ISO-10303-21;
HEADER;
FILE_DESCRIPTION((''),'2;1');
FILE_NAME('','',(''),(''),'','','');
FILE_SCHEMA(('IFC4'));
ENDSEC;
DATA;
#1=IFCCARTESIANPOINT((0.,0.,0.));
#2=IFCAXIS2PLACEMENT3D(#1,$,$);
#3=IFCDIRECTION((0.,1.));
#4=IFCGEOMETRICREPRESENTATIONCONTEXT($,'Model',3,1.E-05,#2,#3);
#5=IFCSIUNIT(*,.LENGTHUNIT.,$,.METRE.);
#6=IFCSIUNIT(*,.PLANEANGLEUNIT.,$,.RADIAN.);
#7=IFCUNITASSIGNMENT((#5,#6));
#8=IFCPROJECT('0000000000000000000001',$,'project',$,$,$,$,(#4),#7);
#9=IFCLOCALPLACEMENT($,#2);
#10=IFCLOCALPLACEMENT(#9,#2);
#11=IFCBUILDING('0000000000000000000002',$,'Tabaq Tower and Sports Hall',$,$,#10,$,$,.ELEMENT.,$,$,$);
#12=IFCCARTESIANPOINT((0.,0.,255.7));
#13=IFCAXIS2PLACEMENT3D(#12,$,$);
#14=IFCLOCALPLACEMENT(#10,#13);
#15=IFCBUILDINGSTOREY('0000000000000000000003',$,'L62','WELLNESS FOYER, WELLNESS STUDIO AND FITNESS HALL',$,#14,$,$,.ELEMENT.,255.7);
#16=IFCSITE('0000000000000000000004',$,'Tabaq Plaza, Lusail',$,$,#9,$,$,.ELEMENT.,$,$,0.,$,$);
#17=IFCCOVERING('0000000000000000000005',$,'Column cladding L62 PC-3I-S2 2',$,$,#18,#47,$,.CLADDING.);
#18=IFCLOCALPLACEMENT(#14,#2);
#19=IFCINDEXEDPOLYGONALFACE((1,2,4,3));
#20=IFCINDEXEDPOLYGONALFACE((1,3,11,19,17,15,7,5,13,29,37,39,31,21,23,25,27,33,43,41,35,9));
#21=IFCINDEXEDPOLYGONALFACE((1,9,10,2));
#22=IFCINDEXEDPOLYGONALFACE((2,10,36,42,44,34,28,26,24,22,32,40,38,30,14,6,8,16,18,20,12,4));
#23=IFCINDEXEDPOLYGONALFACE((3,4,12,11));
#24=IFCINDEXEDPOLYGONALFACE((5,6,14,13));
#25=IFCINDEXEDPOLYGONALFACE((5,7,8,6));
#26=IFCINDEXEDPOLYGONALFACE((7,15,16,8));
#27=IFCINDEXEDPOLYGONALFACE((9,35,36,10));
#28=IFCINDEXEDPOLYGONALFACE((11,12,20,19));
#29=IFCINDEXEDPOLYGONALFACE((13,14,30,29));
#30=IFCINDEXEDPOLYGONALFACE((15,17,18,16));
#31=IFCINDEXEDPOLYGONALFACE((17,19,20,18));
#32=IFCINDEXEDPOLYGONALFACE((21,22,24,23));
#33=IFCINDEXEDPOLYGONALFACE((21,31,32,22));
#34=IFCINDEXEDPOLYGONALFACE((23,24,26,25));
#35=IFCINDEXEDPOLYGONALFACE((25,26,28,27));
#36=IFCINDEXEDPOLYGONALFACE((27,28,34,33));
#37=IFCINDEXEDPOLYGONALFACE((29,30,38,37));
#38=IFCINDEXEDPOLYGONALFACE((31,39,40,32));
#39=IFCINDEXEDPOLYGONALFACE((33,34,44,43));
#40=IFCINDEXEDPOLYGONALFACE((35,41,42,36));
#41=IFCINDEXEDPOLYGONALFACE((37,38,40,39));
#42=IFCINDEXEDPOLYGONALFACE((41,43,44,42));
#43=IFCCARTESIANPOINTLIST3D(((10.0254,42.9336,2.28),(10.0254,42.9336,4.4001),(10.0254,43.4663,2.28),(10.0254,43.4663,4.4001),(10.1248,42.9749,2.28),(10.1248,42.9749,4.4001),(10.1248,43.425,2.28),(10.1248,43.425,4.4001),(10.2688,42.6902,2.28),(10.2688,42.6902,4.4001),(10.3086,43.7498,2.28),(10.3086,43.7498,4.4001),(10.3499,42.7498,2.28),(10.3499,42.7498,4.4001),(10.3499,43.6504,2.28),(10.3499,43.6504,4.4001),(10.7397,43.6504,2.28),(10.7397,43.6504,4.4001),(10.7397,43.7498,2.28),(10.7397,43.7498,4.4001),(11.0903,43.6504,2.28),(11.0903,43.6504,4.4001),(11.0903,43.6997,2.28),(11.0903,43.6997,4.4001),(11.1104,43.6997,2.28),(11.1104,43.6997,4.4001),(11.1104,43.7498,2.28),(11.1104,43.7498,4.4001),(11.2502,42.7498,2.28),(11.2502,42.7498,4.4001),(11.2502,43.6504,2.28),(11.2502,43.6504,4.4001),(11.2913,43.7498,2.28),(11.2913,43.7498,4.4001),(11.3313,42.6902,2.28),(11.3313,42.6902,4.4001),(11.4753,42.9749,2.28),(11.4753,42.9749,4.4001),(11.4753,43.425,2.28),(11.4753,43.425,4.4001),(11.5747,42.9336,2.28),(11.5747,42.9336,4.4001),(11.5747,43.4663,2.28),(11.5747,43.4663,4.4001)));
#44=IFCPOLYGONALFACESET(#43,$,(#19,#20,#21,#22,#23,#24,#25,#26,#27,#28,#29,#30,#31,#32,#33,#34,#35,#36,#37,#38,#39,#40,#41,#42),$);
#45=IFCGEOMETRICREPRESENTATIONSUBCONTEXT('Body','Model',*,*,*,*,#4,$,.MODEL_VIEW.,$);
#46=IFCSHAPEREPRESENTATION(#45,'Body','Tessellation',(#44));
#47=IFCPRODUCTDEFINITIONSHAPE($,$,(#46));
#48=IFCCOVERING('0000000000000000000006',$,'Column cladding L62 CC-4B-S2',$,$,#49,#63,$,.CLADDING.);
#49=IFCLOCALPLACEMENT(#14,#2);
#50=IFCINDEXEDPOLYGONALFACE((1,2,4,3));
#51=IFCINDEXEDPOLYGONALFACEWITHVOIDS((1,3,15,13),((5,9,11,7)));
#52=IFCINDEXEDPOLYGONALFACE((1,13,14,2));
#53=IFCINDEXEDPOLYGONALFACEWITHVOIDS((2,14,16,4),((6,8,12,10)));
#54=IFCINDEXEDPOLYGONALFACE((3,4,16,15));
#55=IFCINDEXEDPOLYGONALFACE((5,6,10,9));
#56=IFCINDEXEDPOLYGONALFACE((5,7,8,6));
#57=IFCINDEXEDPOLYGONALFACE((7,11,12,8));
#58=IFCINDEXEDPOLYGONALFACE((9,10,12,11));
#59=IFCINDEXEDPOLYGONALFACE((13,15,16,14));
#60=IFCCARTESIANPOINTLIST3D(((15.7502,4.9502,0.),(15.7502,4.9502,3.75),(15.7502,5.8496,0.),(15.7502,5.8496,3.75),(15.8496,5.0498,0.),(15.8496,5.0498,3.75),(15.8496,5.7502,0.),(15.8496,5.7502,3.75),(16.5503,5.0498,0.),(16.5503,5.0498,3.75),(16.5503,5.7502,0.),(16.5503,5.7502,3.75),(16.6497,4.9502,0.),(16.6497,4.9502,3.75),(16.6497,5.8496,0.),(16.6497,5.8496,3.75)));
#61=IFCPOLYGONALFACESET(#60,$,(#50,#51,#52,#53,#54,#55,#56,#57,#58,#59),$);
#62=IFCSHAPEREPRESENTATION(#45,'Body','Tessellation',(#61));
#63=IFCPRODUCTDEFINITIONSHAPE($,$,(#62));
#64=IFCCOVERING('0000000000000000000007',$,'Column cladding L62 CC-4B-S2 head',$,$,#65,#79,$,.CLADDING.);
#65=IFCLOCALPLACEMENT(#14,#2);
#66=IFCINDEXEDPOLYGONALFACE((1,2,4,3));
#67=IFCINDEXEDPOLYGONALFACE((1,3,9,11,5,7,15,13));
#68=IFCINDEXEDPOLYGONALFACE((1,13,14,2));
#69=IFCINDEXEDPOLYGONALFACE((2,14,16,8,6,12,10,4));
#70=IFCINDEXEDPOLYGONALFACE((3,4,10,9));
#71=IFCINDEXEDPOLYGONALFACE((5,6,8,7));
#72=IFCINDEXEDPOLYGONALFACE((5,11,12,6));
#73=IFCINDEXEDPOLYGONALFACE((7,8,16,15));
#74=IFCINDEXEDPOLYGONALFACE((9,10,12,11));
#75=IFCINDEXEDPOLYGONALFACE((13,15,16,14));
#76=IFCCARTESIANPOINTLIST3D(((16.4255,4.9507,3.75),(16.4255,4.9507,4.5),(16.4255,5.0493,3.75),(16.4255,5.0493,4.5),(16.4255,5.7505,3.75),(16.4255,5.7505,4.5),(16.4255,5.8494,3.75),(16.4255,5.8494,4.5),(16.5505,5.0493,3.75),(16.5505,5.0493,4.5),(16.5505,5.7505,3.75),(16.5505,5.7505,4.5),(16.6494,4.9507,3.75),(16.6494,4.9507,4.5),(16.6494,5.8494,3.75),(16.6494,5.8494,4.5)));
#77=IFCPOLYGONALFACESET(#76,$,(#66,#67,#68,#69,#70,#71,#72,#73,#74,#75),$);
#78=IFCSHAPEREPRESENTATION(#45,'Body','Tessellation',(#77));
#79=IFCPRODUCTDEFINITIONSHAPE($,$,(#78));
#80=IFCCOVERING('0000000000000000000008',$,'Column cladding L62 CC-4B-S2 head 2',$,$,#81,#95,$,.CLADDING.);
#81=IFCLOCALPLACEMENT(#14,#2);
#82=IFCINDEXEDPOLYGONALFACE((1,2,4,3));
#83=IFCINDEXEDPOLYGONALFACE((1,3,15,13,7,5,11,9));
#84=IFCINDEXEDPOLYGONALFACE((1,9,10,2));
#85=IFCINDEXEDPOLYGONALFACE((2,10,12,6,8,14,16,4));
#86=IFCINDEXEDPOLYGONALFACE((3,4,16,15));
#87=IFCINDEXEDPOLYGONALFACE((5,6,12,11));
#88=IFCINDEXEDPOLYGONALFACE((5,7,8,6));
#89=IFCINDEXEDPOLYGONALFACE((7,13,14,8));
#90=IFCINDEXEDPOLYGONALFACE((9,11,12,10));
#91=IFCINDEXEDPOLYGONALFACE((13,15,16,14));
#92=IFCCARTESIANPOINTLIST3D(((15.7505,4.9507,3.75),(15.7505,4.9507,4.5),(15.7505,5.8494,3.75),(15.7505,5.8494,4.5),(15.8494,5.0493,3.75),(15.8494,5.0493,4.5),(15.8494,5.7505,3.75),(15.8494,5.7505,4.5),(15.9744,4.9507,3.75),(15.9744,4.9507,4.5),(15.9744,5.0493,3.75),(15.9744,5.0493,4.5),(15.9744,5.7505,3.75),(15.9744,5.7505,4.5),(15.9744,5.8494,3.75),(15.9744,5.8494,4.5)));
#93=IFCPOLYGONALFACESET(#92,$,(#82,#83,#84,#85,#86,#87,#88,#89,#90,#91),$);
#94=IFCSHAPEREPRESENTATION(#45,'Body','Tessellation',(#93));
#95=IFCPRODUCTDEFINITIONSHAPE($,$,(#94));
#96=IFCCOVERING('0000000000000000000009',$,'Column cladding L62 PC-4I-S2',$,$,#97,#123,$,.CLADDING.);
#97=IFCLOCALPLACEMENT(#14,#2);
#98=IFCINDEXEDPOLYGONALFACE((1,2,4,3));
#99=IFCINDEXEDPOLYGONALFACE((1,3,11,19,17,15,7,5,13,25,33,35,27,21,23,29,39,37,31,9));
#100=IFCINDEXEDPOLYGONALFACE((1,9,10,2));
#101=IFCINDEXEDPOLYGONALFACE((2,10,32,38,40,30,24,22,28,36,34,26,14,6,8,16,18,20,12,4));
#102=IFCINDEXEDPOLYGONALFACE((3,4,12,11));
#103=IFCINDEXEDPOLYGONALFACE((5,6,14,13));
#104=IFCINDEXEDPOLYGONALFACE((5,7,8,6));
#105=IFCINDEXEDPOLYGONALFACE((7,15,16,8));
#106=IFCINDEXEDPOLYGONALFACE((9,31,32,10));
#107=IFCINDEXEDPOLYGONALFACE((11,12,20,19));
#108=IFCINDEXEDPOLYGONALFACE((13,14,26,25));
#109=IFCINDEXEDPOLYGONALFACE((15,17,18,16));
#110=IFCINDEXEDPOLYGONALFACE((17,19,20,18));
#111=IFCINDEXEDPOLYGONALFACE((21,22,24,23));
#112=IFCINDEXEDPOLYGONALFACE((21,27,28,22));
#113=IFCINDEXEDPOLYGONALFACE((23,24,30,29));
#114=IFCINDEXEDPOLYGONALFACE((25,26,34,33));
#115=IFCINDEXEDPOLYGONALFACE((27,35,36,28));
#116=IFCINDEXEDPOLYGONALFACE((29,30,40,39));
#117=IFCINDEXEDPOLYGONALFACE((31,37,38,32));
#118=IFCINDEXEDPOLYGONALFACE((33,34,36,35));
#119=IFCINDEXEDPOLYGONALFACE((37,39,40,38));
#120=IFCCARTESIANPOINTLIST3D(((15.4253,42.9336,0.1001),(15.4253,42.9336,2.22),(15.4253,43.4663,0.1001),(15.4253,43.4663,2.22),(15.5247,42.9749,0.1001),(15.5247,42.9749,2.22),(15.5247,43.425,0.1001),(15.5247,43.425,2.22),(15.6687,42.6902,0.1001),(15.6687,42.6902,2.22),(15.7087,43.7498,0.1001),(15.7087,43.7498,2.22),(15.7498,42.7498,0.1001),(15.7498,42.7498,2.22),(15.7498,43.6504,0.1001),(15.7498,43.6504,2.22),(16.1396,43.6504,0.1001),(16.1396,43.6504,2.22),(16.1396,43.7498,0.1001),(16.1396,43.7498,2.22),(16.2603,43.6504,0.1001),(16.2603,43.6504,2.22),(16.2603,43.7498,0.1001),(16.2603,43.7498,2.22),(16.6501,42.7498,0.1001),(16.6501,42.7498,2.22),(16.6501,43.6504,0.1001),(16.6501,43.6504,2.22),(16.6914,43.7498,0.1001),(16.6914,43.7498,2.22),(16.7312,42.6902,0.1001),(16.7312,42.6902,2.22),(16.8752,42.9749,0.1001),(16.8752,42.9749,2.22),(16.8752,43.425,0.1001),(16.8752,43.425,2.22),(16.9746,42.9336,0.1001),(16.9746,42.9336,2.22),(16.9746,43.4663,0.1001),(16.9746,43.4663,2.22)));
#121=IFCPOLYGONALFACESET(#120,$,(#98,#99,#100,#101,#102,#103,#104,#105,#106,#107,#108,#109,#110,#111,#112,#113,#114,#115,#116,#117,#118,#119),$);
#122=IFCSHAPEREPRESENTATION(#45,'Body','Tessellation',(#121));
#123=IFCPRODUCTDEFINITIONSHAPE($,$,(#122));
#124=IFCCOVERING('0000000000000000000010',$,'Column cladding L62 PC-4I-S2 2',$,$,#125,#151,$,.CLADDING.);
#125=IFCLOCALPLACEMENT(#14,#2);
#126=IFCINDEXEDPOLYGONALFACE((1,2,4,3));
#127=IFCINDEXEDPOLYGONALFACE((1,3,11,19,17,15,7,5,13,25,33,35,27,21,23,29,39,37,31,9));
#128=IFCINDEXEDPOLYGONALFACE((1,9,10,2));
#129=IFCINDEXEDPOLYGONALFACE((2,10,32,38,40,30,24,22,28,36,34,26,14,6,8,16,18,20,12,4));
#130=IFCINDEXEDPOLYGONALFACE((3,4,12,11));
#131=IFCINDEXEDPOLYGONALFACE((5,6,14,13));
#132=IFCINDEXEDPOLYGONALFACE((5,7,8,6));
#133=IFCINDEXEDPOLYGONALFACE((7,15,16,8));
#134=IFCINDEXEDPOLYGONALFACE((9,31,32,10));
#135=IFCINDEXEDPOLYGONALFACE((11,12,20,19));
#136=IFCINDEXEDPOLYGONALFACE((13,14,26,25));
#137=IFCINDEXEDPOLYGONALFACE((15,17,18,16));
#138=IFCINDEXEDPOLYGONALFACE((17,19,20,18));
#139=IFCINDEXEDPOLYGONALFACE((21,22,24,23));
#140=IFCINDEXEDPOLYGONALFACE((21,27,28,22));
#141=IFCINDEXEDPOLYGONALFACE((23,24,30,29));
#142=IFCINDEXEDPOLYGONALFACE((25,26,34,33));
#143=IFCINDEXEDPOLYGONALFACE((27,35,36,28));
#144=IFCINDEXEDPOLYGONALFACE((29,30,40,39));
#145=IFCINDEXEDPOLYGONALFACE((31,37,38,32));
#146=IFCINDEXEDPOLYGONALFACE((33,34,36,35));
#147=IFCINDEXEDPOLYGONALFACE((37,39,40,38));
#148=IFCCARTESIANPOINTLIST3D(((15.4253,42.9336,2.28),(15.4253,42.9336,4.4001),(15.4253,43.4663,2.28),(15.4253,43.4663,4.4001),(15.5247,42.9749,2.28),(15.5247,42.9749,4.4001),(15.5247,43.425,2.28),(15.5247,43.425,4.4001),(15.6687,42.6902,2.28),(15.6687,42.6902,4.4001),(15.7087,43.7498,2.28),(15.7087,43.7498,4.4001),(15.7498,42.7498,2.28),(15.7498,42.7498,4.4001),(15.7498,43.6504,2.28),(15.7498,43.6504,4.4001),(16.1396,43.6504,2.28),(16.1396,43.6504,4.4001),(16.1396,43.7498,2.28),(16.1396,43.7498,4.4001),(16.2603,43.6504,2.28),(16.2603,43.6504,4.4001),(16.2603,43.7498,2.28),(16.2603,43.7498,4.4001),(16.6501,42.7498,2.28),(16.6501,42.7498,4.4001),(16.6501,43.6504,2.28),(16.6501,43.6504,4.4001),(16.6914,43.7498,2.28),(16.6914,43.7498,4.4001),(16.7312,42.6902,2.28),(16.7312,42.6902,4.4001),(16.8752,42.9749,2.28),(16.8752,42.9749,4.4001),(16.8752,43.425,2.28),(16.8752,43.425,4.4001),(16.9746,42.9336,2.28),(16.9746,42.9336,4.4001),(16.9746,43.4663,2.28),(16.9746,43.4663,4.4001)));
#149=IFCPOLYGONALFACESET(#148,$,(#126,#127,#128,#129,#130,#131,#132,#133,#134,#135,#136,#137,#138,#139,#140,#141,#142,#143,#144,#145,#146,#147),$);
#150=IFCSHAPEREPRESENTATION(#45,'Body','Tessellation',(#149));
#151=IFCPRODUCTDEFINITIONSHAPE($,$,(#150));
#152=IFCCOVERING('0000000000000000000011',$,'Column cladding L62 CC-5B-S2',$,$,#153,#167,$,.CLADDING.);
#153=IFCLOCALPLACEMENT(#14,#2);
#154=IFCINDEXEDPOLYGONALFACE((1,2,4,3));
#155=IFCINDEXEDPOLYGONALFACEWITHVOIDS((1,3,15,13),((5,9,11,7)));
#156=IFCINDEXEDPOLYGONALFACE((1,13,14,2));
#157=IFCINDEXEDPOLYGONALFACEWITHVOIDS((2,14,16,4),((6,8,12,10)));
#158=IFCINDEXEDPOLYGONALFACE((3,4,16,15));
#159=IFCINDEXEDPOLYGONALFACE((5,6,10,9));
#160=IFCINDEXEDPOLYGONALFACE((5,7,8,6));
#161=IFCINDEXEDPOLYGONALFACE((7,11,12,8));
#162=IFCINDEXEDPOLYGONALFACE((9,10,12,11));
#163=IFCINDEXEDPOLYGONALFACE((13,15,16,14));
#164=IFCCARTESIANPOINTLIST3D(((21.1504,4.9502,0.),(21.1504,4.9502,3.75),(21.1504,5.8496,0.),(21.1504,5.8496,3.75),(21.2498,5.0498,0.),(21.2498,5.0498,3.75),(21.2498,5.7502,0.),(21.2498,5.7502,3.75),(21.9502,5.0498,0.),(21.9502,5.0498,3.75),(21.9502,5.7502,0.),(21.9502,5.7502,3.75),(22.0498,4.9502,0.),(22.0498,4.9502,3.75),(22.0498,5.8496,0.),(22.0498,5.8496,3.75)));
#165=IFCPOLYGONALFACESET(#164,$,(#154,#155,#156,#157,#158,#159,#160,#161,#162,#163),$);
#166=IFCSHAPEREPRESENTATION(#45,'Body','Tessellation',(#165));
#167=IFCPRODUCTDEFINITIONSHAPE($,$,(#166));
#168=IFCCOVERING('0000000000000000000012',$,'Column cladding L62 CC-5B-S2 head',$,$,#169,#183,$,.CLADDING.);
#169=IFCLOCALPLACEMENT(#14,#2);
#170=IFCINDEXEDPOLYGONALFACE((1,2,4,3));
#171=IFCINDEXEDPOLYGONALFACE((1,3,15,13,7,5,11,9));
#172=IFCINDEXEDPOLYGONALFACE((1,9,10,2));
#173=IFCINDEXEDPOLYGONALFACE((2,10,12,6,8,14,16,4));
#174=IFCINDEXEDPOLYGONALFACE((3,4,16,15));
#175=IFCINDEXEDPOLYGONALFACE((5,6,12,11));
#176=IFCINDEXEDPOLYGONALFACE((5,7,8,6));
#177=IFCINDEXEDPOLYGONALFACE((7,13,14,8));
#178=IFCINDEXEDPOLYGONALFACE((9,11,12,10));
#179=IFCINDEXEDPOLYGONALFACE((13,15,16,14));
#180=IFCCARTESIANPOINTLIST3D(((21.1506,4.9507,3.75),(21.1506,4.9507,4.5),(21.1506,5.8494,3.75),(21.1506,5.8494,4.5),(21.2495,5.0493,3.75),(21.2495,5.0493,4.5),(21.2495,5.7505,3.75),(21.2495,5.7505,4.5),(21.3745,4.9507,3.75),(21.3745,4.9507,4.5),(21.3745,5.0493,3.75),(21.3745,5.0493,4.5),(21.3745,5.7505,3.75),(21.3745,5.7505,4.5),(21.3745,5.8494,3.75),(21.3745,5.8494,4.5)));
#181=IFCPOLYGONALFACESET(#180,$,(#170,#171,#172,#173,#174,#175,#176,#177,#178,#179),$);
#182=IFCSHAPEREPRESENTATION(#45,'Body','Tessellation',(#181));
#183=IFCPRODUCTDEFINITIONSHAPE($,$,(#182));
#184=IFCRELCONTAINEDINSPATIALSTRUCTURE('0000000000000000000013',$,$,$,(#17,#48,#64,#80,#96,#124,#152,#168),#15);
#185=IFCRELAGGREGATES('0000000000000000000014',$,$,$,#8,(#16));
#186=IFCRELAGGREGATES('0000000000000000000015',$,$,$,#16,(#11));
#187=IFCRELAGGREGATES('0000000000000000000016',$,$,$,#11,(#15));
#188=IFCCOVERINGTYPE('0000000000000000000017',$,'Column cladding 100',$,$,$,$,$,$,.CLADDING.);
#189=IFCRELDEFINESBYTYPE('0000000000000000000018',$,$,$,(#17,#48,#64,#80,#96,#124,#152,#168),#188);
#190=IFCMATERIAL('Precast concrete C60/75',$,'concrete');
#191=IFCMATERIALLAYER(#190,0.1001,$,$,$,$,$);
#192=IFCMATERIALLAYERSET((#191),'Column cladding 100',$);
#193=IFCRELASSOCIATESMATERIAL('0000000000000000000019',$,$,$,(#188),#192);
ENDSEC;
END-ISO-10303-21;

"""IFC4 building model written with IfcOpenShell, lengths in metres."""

from ifc_helpers import new_model, si_unit, direction, frame, origin, place, context, subcontext, project, spatial, polyline, outline, extrude, material, layer, layer_set, type_object, element, save


model = new_model("IFC4")

# Units and contexts
model_context = context("Model", 3, precision=1e-05, world=origin(), true_north=direction((0.0, 1.0)))
body_context = subcontext(model_context, "Body", "Model", "MODEL_VIEW")
ifc_project = project(units=[si_unit("LENGTHUNIT", "METRE"), si_unit("PLANEANGLEUNIT", "RADIAN")], contexts=[model_context])

# Site, building, storey
site_placement = place(None, origin())
site = spatial("IfcSite", under=ifc_project, at=site_placement, Name="Tabaq Plaza, Lusail", CompositionType="ELEMENT", RefElevation=0.0)
building_placement = place(site_placement, origin())
building = spatial("IfcBuilding", under=site, at=building_placement, Name="Tabaq Tower and Sports Hall", CompositionType="ELEMENT")
storey_placement = place(building_placement, frame((0.0, 0.0, 255.7)))
storey = spatial("IfcBuildingStorey", under=building, at=storey_placement, Name="L62", Description="WELLNESS FOYER, WELLNESS STUDIO AND FITNESS HALL", CompositionType="ELEMENT", Elevation=255.7)

# Coverings
ifc_material_1 = material(Name="Precast concrete C60/75", Category="concrete")
ifc_layer_1 = layer(ifc_material_1, 0.1001)
ifc_layer_set_1 = layer_set([ifc_layer_1], Name="Column cladding 100")
covering_type = type_object("IfcCoveringType", Name="Column cladding 100", PredefinedType="CLADDING", material=ifc_layer_set_1)
covering_1_placement = place(storey_placement, frame((0.0, 0.0, 2.28)))
element("IfcCovering", 1, at=covering_1_placement, inside=storey, type_object=covering_type, Name="Column cladding L62 PC-3I-S2 2", PredefinedType="CLADDING", context=body_context, shape_type="SweptSolid", body=[
    extrude(outline(polyline([(10.0254, 43.4663), (10.3086, 43.7498), (10.7397, 43.7498), (10.7397, 43.6504), (10.3499, 43.6504), (10.1248, 43.425), (10.1248, 42.9749), (10.3499, 42.7498), (11.2502, 42.7498), (11.4753, 42.9749), (11.4753, 43.425), (11.2502, 43.6504), (11.0903, 43.6504), (11.0903, 43.6997), (11.1104, 43.6997), (11.1104, 43.7498), (11.2913, 43.7498), (11.5747, 43.4663), (11.5747, 42.9336), (11.3313, 42.6902), (10.2688, 42.6902), (10.0254, 42.9336), (10.0254, 43.4663)])), origin(), (0.0, 0.0, 1.0), 2.1201),
])
covering_2_placement = place(storey_placement, origin())
element("IfcCovering", 2, at=covering_2_placement, inside=storey, type_object=covering_type, Name="Column cladding L62 CC-4B-S2", PredefinedType="CLADDING", context=body_context, shape_type="SweptSolid", body=[
    extrude(outline(polyline([(15.7502, 5.8496), (16.6497, 5.8496), (16.6497, 4.9502), (15.7502, 4.9502), (15.7502, 5.8496)]), holes=[polyline([(16.5503, 5.0498), (16.5503, 5.7502), (15.8496, 5.7502), (15.8496, 5.0498), (16.5503, 5.0498)])]), origin(), (0.0, 0.0, 1.0), 3.75),
])
covering_3_placement = place(storey_placement, frame((0.0, 0.0, 3.75)))
element("IfcCovering", 3, at=covering_3_placement, inside=storey, type_object=covering_type, Name="Column cladding L62 CC-4B-S2 head", PredefinedType="CLADDING", context=body_context, shape_type="SweptSolid", body=[
    extrude(outline(polyline([(16.4255, 5.0493), (16.5505, 5.0493), (16.5505, 5.7505), (16.4255, 5.7505), (16.4255, 5.8494), (16.6494, 5.8494), (16.6494, 4.9507), (16.4255, 4.9507), (16.4255, 5.0493)])), origin(), (0.0, 0.0, 1.0), 0.75),
])
covering_4_placement = place(storey_placement, frame((0.0, 0.0, 3.75)))
element("IfcCovering", 4, at=covering_4_placement, inside=storey, type_object=covering_type, Name="Column cladding L62 CC-4B-S2 head 2", PredefinedType="CLADDING", context=body_context, shape_type="SweptSolid", body=[
    extrude(outline(polyline([(15.9744, 5.0493), (15.9744, 4.9507), (15.7505, 4.9507), (15.7505, 5.8494), (15.9744, 5.8494), (15.9744, 5.7505), (15.8494, 5.7505), (15.8494, 5.0493), (15.9744, 5.0493)])), origin(), (0.0, 0.0, 1.0), 0.75),
])
covering_5_placement = place(storey_placement, frame((0.0, 0.0, 0.1001)))
element("IfcCovering", 5, at=covering_5_placement, inside=storey, type_object=covering_type, Name="Column cladding L62 PC-4I-S2", PredefinedType="CLADDING", context=body_context, shape_type="SweptSolid", body=[
    extrude(outline(polyline([(15.4253, 43.4663), (15.7087, 43.7498), (16.1396, 43.7498), (16.1396, 43.6504), (15.7498, 43.6504), (15.5247, 43.425), (15.5247, 42.9749), (15.7498, 42.7498), (16.6501, 42.7498), (16.8752, 42.9749), (16.8752, 43.425), (16.6501, 43.6504), (16.2603, 43.6504), (16.2603, 43.7498), (16.6914, 43.7498), (16.9746, 43.4663), (16.9746, 42.9336), (16.7312, 42.6902), (15.6687, 42.6902), (15.4253, 42.9336), (15.4253, 43.4663)])), origin(), (0.0, 0.0, 1.0), 2.1199),
])
covering_6_placement = place(storey_placement, frame((0.0, 0.0, 2.28)))
element("IfcCovering", 6, at=covering_6_placement, inside=storey, type_object=covering_type, Name="Column cladding L62 PC-4I-S2 2", PredefinedType="CLADDING", context=body_context, shape_type="SweptSolid", body=[
    extrude(outline(polyline([(15.4253, 43.4663), (15.7087, 43.7498), (16.1396, 43.7498), (16.1396, 43.6504), (15.7498, 43.6504), (15.5247, 43.425), (15.5247, 42.9749), (15.7498, 42.7498), (16.6501, 42.7498), (16.8752, 42.9749), (16.8752, 43.425), (16.6501, 43.6504), (16.2603, 43.6504), (16.2603, 43.7498), (16.6914, 43.7498), (16.9746, 43.4663), (16.9746, 42.9336), (16.7312, 42.6902), (15.6687, 42.6902), (15.4253, 42.9336), (15.4253, 43.4663)])), origin(), (0.0, 0.0, 1.0), 2.1201),
])
covering_7_placement = place(storey_placement, origin())
element("IfcCovering", 7, at=covering_7_placement, inside=storey, type_object=covering_type, Name="Column cladding L62 CC-5B-S2", PredefinedType="CLADDING", context=body_context, shape_type="SweptSolid", body=[
    extrude(outline(polyline([(21.1504, 5.8496), (22.0498, 5.8496), (22.0498, 4.9502), (21.1504, 4.9502), (21.1504, 5.8496)]), holes=[polyline([(21.9502, 5.0498), (21.9502, 5.7502), (21.2498, 5.7502), (21.2498, 5.0498), (21.9502, 5.0498)])]), origin(), (0.0, 0.0, 1.0), 3.75),
])
covering_8_placement = place(storey_placement, frame((0.0, 0.0, 3.75)))
element("IfcCovering", 8, at=covering_8_placement, inside=storey, type_object=covering_type, Name="Column cladding L62 CC-5B-S2 head", PredefinedType="CLADDING", context=body_context, shape_type="SweptSolid", body=[
    extrude(outline(polyline([(21.3745, 5.0493), (21.3745, 4.9507), (21.1506, 4.9507), (21.1506, 5.8494), (21.3745, 5.8494), (21.3745, 5.7505), (21.2495, 5.7505), (21.2495, 5.0493), (21.3745, 5.0493)])), origin(), (0.0, 0.0, 1.0), 0.75),
])

save(model, "model.ifc")
